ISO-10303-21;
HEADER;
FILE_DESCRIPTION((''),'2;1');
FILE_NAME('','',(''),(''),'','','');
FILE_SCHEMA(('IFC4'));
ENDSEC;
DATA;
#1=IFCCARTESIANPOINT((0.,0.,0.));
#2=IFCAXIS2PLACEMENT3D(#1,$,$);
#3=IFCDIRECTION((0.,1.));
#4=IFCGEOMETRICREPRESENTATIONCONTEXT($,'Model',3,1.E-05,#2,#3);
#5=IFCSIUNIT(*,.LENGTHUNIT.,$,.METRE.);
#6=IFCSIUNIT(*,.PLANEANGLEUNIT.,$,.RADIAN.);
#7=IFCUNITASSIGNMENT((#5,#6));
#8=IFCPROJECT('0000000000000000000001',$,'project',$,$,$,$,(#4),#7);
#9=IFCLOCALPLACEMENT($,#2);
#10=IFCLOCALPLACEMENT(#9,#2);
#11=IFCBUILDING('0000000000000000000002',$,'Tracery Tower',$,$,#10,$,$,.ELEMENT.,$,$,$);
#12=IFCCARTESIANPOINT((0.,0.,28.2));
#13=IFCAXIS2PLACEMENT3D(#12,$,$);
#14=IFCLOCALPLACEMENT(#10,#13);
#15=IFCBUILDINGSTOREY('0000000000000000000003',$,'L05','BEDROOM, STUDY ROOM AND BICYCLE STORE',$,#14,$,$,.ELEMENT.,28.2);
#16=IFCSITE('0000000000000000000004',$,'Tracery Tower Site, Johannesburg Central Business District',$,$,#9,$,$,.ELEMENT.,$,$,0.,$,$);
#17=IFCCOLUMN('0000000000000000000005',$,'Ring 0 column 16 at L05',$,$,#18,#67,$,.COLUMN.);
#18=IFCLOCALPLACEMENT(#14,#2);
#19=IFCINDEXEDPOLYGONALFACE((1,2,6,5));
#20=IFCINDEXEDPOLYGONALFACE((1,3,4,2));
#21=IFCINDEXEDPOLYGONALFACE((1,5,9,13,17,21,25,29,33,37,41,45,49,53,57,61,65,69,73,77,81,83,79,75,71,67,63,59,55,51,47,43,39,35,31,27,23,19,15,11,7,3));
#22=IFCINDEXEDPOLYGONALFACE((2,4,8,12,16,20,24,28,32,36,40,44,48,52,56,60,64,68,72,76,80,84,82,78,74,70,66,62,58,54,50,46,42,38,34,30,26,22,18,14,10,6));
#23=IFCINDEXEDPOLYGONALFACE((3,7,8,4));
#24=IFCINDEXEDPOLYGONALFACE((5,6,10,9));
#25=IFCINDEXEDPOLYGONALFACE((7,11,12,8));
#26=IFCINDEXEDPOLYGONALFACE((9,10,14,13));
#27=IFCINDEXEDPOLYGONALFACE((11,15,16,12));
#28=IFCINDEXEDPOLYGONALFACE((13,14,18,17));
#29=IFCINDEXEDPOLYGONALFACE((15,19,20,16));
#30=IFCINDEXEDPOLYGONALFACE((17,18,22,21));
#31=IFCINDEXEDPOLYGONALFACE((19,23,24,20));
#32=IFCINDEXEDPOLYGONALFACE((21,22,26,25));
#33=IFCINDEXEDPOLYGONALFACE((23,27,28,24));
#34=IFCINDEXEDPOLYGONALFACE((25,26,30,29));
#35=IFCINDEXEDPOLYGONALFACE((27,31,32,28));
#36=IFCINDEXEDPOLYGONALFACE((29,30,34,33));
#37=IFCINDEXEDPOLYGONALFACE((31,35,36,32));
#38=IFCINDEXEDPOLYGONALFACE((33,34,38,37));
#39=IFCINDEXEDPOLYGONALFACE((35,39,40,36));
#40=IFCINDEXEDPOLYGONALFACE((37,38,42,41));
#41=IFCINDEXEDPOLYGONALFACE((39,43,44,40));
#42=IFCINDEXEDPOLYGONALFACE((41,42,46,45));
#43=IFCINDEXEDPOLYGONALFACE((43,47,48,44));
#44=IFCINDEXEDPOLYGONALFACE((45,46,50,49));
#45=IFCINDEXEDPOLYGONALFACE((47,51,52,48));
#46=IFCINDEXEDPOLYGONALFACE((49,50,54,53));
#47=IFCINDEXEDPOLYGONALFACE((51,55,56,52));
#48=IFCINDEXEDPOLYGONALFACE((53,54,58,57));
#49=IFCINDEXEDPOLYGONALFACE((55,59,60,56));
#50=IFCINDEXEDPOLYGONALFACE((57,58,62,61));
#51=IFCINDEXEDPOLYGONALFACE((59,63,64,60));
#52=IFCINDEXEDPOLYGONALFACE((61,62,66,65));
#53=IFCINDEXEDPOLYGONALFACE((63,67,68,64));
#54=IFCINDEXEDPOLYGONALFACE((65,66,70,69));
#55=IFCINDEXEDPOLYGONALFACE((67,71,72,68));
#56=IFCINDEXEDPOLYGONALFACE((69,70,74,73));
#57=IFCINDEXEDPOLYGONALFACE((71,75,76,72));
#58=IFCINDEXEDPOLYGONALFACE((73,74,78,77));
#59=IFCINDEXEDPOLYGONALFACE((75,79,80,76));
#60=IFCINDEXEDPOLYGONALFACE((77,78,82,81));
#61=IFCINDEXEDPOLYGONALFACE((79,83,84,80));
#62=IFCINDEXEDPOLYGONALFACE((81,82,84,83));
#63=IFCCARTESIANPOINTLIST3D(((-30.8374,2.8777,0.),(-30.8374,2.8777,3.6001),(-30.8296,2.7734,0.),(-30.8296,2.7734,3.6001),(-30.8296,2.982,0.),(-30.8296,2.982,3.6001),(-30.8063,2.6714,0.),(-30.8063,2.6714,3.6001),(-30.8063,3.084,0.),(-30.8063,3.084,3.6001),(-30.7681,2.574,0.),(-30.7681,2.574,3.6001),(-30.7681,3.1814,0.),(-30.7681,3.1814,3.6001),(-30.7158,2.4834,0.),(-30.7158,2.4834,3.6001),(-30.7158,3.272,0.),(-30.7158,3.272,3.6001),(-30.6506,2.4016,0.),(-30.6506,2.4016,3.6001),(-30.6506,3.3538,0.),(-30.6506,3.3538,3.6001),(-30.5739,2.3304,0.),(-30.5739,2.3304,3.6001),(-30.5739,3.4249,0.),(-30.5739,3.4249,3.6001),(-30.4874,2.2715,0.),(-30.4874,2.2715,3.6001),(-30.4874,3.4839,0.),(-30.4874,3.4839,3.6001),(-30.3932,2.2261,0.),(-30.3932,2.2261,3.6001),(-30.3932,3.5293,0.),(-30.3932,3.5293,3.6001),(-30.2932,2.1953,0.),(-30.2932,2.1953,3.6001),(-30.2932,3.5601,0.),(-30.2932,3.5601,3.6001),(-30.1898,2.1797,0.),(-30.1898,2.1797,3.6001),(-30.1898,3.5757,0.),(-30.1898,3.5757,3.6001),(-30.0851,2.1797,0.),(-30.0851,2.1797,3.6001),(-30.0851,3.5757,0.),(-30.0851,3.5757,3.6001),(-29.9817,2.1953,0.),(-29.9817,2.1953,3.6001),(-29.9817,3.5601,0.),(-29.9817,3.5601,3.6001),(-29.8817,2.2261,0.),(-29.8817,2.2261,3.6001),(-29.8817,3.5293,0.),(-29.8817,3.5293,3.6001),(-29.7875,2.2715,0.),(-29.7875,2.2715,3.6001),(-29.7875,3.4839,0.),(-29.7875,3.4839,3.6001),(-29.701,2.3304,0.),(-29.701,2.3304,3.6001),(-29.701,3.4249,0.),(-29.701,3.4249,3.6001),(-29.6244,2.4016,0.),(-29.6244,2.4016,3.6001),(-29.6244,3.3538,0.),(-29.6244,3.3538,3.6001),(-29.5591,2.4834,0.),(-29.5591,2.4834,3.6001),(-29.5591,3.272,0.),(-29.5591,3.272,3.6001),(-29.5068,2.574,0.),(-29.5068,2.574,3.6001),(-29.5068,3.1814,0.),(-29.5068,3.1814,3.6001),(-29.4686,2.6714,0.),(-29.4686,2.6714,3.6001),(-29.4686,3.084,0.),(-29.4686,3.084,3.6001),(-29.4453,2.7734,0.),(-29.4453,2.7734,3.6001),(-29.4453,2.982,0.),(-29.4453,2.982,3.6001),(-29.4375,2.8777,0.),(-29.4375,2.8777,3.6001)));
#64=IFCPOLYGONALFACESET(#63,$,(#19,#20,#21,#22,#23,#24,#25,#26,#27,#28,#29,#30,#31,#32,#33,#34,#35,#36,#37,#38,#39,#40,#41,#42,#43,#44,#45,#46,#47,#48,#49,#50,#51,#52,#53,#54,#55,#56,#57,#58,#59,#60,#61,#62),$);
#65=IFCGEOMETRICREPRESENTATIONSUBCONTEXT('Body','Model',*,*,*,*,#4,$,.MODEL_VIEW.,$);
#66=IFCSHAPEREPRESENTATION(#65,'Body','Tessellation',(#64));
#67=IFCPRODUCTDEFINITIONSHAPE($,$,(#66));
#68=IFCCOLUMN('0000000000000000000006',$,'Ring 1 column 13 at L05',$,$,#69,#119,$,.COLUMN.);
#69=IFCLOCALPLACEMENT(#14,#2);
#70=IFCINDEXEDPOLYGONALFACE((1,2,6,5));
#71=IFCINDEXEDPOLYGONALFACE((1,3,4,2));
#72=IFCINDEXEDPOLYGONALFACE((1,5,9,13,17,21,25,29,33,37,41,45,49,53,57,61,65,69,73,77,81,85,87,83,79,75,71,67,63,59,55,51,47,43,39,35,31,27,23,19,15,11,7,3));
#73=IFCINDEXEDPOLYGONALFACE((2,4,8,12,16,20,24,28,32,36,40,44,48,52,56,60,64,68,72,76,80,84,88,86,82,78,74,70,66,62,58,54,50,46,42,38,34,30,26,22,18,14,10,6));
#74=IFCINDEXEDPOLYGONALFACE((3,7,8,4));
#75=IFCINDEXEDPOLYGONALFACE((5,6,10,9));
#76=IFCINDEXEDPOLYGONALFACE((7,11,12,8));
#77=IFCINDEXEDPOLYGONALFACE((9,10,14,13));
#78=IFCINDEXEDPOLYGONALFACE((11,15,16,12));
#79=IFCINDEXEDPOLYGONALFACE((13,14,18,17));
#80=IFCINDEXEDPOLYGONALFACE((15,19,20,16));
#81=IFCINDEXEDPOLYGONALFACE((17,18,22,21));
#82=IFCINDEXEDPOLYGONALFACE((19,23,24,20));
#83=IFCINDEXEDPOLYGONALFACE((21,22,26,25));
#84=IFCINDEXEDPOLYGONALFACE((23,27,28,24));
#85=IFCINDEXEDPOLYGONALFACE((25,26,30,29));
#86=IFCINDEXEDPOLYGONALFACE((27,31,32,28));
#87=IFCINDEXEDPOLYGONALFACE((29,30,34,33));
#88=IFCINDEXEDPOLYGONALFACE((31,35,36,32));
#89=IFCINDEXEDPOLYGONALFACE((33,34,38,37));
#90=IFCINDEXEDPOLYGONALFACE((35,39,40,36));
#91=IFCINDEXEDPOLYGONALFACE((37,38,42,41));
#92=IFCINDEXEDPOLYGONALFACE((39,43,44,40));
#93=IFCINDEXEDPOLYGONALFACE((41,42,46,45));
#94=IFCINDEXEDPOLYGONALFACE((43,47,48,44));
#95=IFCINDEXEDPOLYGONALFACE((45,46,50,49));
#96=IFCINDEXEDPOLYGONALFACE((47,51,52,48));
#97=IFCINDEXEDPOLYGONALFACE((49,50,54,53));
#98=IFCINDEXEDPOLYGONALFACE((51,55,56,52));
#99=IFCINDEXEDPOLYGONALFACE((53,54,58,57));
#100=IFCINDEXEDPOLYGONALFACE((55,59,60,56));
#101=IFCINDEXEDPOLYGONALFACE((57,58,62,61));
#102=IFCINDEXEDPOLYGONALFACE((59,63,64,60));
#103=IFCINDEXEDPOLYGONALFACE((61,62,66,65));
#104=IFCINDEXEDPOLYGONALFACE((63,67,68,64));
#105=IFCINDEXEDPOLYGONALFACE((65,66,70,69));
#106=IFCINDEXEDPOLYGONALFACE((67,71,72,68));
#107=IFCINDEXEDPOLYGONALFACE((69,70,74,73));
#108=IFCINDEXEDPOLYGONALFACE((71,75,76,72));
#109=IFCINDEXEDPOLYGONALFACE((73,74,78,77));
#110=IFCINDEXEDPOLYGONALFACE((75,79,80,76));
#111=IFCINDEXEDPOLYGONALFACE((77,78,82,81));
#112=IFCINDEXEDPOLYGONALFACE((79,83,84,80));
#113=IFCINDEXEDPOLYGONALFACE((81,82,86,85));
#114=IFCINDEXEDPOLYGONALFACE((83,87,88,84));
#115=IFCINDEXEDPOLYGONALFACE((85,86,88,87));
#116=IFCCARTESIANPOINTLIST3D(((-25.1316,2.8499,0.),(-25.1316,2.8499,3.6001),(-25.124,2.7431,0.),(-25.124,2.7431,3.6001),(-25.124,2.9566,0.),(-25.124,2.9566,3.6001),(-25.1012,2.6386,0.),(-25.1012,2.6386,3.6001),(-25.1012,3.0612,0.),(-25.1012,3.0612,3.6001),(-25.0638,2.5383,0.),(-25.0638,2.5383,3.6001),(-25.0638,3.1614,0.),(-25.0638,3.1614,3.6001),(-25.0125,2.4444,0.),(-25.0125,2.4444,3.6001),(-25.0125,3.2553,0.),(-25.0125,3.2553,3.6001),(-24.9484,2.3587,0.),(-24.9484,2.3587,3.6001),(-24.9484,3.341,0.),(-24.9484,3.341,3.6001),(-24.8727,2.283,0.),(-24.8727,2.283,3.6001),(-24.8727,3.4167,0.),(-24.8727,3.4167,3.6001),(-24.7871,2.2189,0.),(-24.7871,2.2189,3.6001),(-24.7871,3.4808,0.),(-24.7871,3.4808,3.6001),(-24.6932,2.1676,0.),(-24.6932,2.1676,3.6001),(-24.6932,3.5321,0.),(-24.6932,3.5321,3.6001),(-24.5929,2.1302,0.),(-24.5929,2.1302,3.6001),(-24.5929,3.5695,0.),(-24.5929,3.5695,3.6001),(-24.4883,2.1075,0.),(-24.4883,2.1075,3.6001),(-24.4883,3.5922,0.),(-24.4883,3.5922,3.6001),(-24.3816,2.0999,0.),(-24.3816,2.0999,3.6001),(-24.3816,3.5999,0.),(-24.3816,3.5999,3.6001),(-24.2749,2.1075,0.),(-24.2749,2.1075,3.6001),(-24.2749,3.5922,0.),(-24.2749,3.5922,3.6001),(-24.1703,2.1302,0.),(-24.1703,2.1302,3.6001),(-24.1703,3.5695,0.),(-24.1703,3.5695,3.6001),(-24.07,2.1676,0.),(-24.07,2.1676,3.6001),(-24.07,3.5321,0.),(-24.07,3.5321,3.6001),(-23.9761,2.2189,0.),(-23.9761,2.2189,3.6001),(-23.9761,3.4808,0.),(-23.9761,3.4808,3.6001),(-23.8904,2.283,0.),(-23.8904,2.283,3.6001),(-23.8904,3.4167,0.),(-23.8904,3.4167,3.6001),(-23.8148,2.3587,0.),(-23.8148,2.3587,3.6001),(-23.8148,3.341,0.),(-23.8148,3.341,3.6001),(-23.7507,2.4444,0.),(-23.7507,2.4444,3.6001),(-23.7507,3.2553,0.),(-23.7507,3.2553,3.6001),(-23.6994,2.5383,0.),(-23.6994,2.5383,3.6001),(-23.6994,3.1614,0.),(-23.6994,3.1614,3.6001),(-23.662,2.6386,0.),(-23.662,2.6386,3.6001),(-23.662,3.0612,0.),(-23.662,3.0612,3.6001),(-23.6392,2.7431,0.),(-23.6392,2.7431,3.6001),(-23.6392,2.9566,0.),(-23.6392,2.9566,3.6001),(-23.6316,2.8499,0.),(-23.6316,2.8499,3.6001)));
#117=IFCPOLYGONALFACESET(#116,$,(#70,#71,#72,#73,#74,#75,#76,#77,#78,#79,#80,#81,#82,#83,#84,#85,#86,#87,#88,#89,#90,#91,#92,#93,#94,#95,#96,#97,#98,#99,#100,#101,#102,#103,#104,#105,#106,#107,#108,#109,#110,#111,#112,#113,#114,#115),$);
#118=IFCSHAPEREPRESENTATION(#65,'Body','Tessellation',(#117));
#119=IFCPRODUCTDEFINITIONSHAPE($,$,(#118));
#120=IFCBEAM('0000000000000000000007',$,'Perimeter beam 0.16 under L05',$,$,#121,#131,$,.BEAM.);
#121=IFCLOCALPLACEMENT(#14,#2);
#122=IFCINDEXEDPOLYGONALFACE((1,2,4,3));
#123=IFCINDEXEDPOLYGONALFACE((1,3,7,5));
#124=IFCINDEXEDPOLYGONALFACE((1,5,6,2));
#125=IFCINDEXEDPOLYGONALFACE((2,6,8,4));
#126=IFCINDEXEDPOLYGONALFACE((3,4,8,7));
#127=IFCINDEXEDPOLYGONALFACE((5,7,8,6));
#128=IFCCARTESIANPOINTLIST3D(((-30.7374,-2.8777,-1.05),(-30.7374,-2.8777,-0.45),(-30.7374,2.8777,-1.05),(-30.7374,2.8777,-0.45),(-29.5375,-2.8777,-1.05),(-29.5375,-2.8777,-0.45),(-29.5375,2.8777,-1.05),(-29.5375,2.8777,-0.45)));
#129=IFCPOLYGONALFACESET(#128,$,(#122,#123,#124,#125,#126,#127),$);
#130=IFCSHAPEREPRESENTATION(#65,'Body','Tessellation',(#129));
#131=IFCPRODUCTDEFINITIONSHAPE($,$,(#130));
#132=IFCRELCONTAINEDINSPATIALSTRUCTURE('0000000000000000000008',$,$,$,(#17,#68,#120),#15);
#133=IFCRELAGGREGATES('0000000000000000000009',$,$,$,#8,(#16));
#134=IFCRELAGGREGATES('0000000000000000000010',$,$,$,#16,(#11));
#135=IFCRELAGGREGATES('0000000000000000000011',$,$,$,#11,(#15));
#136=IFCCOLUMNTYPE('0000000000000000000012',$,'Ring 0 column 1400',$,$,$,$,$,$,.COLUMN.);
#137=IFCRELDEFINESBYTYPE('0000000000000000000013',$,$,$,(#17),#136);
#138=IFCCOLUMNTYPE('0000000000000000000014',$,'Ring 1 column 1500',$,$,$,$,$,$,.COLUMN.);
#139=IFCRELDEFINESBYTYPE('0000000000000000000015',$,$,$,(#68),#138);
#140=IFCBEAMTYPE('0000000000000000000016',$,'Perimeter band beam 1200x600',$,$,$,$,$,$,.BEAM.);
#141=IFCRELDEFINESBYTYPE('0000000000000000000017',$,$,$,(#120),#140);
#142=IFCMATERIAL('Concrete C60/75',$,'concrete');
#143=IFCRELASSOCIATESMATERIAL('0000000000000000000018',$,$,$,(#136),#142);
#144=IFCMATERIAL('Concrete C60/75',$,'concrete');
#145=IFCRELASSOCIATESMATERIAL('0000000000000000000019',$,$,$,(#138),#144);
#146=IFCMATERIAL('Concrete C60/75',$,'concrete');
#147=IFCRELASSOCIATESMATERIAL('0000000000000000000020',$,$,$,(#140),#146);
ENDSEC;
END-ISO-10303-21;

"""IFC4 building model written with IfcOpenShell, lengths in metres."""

from ifc_helpers import new_model, si_unit, direction, frame, origin, origin_2d, place, context, subcontext, project, spatial, rectangle, circle, extrude, material, material_profile, profile_set, type_object, element, save


model = new_model("IFC4")

# Units and contexts
model_context = context("Model", 3, precision=1e-05, world=origin(), true_north=direction((0.0, 1.0)))
body_context = subcontext(model_context, "Body", "Model", "MODEL_VIEW")
ifc_project = project(units=[si_unit("LENGTHUNIT", "METRE"), si_unit("PLANEANGLEUNIT", "RADIAN")], contexts=[model_context])

# Site, building, storey
site_placement = place(None, origin())
site = spatial("IfcSite", under=ifc_project, at=site_placement, Name="Tracery Tower Site, Johannesburg Central Business District", CompositionType="ELEMENT", RefElevation=0.0)
building_placement = place(site_placement, origin())
building = spatial("IfcBuilding", under=site, at=building_placement, Name="Tracery Tower", CompositionType="ELEMENT")
storey_placement = place(building_placement, frame((0.0, 0.0, 28.2)))
storey = spatial("IfcBuildingStorey", under=building, at=storey_placement, Name="L05", Description="BEDROOM, STUDY ROOM AND BICYCLE STORE", CompositionType="ELEMENT", Elevation=28.2)

# Columns
ifc_material_1 = material(Name="Concrete C60/75", Category="concrete")
ifc_material_profile_1 = material_profile(ifc_material_1, circle(Radius=0.7, at=origin_2d()), Name="RC D1400")
ifc_profile_set_1 = profile_set([ifc_material_profile_1], Name="Concrete C60/75")
column_type_1 = type_object("IfcColumnType", Name="Ring 0 column 1400", PredefinedType="COLUMN", material=ifc_profile_set_1)
column_1_placement = place(storey_placement, frame((-30.1375, 2.8777, 0.0), z_axis=(0.0, 0.0, 1.0), x_axis=(1.0, 0.0, 0.0)))
element("IfcColumn", 1, at=column_1_placement, inside=storey, type_object=column_type_1, Name="Ring 0 column 16 at L05", PredefinedType="COLUMN", context=body_context, shape_type="SweptSolid", body=[
    extrude(circle(Radius=0.7, at=origin_2d()), origin(), (0.0, 0.0, 1.0), 3.6001),
])
ifc_material_2 = material(Name="Concrete C60/75", Category="concrete")
ifc_material_profile_2 = material_profile(ifc_material_2, circle(Radius=0.75, at=origin_2d()), Name="RC D1500")
ifc_profile_set_2 = profile_set([ifc_material_profile_2], Name="Concrete C60/75")
column_type_2 = type_object("IfcColumnType", Name="Ring 1 column 1500", PredefinedType="COLUMN", material=ifc_profile_set_2)
column_2_placement = place(storey_placement, frame((-24.3816, 2.8499, 0.0), z_axis=(0.0, 0.0, 1.0), x_axis=(1.0, 0.0, 0.0)))
element("IfcColumn", 2, at=column_2_placement, inside=storey, type_object=column_type_2, Name="Ring 1 column 13 at L05", PredefinedType="COLUMN", context=body_context, shape_type="SweptSolid", body=[
    extrude(circle(Radius=0.75, at=origin_2d()), origin(), (0.0, 0.0, 1.0), 3.6001),
])

# Beam
ifc_material_3 = material(Name="Concrete C60/75", Category="concrete")
ifc_material_profile_3 = material_profile(ifc_material_3, rectangle(XDim=1.2, YDim=0.6001, at=origin_2d()), Name="RC 1200x600")
ifc_profile_set_3 = profile_set([ifc_material_profile_3], Name="Concrete C60/75")
beam_type = type_object("IfcBeamType", Name="Perimeter band beam 1200x600", PredefinedType="BEAM", material=ifc_profile_set_3)
beam_placement = place(storey_placement, frame((-30.1375, 2.8777, -0.75), z_axis=(0.0, -1.0, 0.0), x_axis=(1.0, 0.0, 0.0)))
element("IfcBeam", 3, at=beam_placement, inside=storey, type_object=beam_type, Name="Perimeter beam 0.16 under L05", PredefinedType="BEAM", context=body_context, shape_type="SweptSolid", body=[
    extrude(rectangle(XDim=1.2, YDim=0.6001, at=origin_2d()), origin(), (0.0, 0.0, 1.0), 5.7554),
])

save(model, "model.ifc")
